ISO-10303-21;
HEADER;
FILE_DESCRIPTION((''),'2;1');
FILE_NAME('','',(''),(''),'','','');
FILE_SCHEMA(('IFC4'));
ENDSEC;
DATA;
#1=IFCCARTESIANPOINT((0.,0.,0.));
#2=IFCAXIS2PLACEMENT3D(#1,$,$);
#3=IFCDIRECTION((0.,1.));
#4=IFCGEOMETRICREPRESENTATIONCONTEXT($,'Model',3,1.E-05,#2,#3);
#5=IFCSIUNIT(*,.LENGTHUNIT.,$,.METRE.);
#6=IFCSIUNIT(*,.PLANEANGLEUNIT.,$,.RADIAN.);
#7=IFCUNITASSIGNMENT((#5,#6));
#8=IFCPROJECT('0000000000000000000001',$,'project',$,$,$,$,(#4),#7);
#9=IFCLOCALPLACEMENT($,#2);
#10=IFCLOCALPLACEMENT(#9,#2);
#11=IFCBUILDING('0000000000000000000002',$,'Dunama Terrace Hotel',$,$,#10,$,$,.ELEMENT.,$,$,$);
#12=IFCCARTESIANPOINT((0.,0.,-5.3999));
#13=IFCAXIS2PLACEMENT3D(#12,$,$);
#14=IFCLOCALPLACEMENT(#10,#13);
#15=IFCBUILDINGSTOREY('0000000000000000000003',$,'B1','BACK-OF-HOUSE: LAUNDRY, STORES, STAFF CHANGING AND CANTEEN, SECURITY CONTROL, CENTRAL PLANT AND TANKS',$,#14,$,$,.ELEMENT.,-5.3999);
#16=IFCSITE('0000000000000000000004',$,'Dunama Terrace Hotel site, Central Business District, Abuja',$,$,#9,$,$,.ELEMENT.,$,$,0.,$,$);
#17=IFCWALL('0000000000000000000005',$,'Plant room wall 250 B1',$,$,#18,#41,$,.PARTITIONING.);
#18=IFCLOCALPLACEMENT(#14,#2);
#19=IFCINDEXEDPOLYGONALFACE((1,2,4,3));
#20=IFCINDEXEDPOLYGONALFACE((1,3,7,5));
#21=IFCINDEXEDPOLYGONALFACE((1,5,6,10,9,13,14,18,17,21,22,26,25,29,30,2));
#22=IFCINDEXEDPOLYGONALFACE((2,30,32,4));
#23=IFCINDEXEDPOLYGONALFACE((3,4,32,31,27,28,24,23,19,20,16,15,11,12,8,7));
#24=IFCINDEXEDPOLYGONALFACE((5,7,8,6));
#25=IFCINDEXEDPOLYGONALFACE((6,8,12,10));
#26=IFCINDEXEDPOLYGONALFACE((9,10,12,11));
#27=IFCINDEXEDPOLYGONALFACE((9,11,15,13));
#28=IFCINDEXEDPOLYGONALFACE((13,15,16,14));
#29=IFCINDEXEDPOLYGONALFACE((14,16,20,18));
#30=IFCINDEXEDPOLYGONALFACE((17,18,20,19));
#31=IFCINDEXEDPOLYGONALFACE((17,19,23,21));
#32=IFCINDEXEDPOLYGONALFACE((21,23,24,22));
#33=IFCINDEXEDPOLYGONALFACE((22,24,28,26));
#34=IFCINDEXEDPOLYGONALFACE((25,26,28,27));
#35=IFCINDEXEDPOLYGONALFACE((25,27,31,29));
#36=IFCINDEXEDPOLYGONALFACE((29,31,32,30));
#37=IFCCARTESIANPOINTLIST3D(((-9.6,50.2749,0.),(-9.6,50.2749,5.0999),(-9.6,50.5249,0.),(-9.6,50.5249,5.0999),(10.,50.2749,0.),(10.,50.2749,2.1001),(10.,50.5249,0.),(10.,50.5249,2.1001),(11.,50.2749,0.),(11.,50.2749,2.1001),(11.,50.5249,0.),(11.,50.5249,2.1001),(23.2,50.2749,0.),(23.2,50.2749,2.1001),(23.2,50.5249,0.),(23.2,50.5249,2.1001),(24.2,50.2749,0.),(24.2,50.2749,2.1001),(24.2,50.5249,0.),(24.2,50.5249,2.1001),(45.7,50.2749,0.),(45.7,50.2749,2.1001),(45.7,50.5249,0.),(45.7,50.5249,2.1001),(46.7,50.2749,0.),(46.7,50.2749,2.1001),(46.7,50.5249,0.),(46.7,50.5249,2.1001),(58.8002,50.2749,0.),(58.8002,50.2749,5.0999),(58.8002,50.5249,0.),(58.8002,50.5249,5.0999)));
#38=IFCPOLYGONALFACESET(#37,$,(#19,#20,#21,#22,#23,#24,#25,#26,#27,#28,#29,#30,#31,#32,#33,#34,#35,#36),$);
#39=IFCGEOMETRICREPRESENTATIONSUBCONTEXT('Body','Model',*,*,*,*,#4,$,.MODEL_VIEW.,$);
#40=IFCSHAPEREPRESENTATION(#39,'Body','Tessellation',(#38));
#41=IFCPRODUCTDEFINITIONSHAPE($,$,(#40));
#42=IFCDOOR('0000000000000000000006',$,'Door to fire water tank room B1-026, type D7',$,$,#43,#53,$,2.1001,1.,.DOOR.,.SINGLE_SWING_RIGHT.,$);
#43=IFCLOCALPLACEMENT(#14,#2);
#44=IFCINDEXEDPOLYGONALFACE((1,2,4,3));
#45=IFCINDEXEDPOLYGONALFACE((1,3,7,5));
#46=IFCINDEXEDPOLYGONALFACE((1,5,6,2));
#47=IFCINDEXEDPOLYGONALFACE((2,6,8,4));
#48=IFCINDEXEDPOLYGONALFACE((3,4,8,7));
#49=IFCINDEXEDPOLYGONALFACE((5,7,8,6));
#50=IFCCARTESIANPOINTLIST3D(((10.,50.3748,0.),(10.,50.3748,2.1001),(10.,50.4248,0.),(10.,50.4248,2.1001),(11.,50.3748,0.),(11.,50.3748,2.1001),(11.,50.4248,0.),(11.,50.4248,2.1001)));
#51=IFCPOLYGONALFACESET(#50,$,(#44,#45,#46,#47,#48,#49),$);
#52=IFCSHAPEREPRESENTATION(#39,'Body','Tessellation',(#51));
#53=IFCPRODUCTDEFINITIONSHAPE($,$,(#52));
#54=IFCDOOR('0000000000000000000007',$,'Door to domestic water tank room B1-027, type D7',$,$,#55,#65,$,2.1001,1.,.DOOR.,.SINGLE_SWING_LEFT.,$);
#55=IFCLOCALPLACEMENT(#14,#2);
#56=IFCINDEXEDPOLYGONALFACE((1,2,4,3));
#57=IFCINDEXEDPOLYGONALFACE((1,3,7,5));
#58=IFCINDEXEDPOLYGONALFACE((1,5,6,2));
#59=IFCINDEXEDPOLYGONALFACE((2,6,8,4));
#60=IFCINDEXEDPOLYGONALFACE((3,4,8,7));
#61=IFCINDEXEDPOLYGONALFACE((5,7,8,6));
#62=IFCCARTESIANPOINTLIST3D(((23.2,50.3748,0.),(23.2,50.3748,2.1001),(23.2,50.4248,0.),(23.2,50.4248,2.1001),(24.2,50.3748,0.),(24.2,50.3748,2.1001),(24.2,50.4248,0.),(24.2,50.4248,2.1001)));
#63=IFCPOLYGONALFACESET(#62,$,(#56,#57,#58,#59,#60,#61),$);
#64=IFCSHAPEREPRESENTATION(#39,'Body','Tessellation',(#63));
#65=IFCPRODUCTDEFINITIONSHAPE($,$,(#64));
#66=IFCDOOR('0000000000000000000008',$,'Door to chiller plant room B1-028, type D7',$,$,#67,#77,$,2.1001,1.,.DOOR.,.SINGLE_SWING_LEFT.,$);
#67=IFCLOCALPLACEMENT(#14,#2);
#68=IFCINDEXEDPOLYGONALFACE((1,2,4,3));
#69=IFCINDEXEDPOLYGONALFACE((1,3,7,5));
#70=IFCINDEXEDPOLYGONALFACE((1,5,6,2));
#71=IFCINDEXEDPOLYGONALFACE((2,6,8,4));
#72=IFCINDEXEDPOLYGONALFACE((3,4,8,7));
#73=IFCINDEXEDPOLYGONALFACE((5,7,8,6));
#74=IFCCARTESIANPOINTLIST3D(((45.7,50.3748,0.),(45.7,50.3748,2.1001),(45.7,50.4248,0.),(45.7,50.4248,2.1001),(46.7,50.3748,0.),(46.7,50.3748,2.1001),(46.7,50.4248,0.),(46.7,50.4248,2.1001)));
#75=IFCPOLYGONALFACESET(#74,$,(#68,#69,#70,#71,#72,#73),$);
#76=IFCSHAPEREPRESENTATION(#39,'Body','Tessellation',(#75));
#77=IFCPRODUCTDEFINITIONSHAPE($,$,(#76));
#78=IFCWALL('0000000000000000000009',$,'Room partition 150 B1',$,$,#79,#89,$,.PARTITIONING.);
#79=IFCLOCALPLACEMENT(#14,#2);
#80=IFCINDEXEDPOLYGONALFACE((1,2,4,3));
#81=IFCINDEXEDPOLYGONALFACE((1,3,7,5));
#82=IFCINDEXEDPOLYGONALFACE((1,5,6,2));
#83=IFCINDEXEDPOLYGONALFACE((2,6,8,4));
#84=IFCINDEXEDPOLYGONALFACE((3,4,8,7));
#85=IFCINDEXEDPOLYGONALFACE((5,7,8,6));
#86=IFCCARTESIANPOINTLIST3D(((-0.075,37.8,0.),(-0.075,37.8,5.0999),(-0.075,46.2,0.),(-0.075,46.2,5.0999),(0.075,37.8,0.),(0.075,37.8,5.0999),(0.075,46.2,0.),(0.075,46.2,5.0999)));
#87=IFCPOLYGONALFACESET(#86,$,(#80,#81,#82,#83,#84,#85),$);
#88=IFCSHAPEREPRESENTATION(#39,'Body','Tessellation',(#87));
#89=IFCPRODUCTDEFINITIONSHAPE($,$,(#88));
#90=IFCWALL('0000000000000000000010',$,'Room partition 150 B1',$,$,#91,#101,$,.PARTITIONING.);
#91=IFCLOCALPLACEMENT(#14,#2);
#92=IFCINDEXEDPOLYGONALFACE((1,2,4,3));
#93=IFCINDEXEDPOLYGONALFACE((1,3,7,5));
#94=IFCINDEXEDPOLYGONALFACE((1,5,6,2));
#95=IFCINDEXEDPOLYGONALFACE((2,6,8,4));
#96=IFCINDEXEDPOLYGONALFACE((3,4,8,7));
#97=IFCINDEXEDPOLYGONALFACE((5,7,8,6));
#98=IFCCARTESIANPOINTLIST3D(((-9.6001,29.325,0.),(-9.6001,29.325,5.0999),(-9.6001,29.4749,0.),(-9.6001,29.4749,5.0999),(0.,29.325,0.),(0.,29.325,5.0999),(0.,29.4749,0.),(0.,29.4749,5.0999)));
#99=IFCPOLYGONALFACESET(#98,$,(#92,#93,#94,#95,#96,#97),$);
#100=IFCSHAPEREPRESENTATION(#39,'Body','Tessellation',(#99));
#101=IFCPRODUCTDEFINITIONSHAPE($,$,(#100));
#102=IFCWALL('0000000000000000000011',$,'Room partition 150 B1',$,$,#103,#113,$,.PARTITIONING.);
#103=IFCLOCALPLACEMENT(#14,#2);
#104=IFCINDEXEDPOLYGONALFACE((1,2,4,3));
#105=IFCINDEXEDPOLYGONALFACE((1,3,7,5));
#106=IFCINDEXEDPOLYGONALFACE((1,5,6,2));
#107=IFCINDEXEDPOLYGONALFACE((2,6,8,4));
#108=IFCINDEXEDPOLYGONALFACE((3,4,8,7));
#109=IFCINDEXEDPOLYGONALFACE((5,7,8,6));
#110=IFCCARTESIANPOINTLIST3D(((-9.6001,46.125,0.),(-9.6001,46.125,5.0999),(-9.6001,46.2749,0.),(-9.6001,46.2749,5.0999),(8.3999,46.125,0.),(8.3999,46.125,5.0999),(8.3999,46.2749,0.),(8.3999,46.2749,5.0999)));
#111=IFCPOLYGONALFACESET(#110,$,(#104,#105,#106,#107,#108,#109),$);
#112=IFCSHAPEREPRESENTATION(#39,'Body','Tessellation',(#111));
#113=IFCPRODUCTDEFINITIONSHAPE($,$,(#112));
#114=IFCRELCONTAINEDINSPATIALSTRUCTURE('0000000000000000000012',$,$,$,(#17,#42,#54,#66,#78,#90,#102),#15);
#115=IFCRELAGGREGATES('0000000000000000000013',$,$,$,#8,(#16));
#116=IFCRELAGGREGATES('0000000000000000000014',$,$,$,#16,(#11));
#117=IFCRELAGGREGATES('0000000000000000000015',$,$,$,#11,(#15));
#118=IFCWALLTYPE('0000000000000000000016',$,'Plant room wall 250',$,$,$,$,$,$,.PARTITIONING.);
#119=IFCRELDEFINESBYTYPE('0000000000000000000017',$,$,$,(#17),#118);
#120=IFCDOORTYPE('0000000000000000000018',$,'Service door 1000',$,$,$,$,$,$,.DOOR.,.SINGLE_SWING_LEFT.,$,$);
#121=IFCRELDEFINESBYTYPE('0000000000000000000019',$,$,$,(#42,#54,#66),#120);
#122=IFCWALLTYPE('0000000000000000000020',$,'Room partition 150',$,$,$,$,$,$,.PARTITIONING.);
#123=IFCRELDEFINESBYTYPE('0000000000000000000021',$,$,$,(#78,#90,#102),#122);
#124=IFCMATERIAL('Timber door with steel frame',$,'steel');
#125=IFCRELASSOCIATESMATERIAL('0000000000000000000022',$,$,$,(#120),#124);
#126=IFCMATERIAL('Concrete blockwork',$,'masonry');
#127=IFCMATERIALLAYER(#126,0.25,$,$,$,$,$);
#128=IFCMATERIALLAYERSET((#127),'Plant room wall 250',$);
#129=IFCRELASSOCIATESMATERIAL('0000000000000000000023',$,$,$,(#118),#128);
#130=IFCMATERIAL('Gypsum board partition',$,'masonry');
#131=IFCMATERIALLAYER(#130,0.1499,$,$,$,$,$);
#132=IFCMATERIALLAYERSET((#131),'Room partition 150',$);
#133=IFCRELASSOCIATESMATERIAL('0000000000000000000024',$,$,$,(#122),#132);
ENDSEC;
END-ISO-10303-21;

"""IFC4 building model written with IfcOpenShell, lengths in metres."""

from ifc_helpers import new_model, si_unit, direction, frame, frame_2d, origin, place, context, subcontext, project, spatial, rectangle, extrude, material, layer, layer_set, type_object, element, fill, save


model = new_model("IFC4")

# Units and contexts
model_context = context("Model", 3, precision=1e-05, world=origin(), true_north=direction((0.0, 1.0)))
body_context = subcontext(model_context, "Body", "Model", "MODEL_VIEW")
ifc_project = project(units=[si_unit("LENGTHUNIT", "METRE"), si_unit("PLANEANGLEUNIT", "RADIAN")], contexts=[model_context])

# Site, building, storey
site_placement = place(None, origin())
site = spatial("IfcSite", under=ifc_project, at=site_placement, Name="Dunama Terrace Hotel site, Central Business District, Abuja", CompositionType="ELEMENT", RefElevation=0.0)
building_placement = place(site_placement, origin())
building = spatial("IfcBuilding", under=site, at=building_placement, Name="Dunama Terrace Hotel", CompositionType="ELEMENT")
storey_placement = place(building_placement, frame((0.0, 0.0, -5.3999)))
storey = spatial("IfcBuildingStorey", under=building, at=storey_placement, Name="B1", Description="BACK-OF-HOUSE: LAUNDRY, STORES, STAFF CHANGING AND CANTEEN, SECURITY CONTROL, CENTRAL PLANT AND TANKS", CompositionType="ELEMENT", Elevation=-5.3999)

# Shared definitions
ifc_material_1 = material(Name="Timber door with steel frame", Category="steel")
door_type = type_object("IfcDoorType", Name="Service door 1000", OperationType="SINGLE_SWING_LEFT", PredefinedType="DOOR", material=ifc_material_1)

# Wall, openings, doors
ifc_material_2 = material(Name="Concrete blockwork", Category="masonry")
ifc_layer_1 = layer(ifc_material_2, 0.25)
ifc_layer_set_1 = layer_set([ifc_layer_1], Name="Plant room wall 250")
wall_type_1 = type_object("IfcWallType", Name="Plant room wall 250", PredefinedType="PARTITIONING", material=ifc_layer_set_1)
wall_1_placement = place(storey_placement, frame((-9.6001, 50.3999, 0.0), z_axis=(0.0, 0.0, 1.0), x_axis=(1.0, 0.0, 0.0)))
wall_1 = element("IfcWall", 1, at=wall_1_placement, inside=storey, type_object=wall_type_1, Name="Plant room wall 250 B1", PredefinedType="PARTITIONING", context=body_context, shape_type="SweptSolid", body=[
    extrude(rectangle(XDim=68.4001, YDim=0.25, at=frame_2d((34.2002, 0.0))), origin(), (0.0, 0.0, 1.0), 5.0999),
])
opening_1_placement = place(wall_1_placement, frame((19.6001, 0.0, 0.0)))
opening_1 = element("IfcOpeningElement", 2, at=opening_1_placement, cuts=wall_1, PredefinedType="OPENING", context=body_context, shape_type="SweptSolid", body=[
    extrude(rectangle(XDim=1.0, YDim=2.1001, at=frame_2d((0.5, 1.05))), frame((0.0, 0.135, 0.0), z_axis=(0.0, -1.0, 0.0), x_axis=(1.0, 0.0, 0.0)), (0.0, 0.0, 1.0), 0.27),
])
opening_2_placement = place(wall_1_placement, frame((32.8, 0.0, 0.0)))
opening_2 = element("IfcOpeningElement", 3, at=opening_2_placement, cuts=wall_1, PredefinedType="OPENING", context=body_context, shape_type="SweptSolid", body=[
    extrude(rectangle(XDim=1.0, YDim=2.1001, at=frame_2d((0.5, 1.05))), frame((0.0, 0.135, 0.0), z_axis=(0.0, -1.0, 0.0), x_axis=(1.0, 0.0, 0.0)), (0.0, 0.0, 1.0), 0.27),
])
opening_3_placement = place(wall_1_placement, frame((55.3, 0.0, 0.0)))
opening_3 = element("IfcOpeningElement", 4, at=opening_3_placement, cuts=wall_1, PredefinedType="OPENING", context=body_context, shape_type="SweptSolid", body=[
    extrude(rectangle(XDim=1.0, YDim=2.1001, at=frame_2d((0.5, 1.05))), frame((0.0, 0.135, 0.0), z_axis=(0.0, -1.0, 0.0), x_axis=(1.0, 0.0, 0.0)), (0.0, 0.0, 1.0), 0.27),
])
door_1_placement = place(opening_1_placement, origin())
door_1 = element("IfcDoor", 5, at=door_1_placement, inside=storey, type_object=door_type, Name="Door to fire water tank room B1-026, type D7", OperationType="SINGLE_SWING_RIGHT", OverallHeight=2.1001, OverallWidth=1.0, PredefinedType="DOOR", context=body_context, shape_type="SweptSolid", body=[
    extrude(rectangle(XDim=1.0, YDim=2.1001, at=frame_2d((0.5, 1.05))), frame((0.0, 0.0249, 0.0), z_axis=(0.0, -1.0, 0.0), x_axis=(1.0, 0.0, 0.0)), (0.0, 0.0, 1.0), 0.05),
])
fill(opening_1, door_1)
door_2_placement = place(opening_2_placement, origin())
door_2 = element("IfcDoor", 6, at=door_2_placement, inside=storey, type_object=door_type, Name="Door to domestic water tank room B1-027, type D7", OperationType="SINGLE_SWING_LEFT", OverallHeight=2.1001, OverallWidth=1.0, PredefinedType="DOOR", context=body_context, shape_type="SweptSolid", body=[
    extrude(rectangle(XDim=1.0, YDim=2.1001, at=frame_2d((0.5, 1.05))), frame((0.0, 0.0249, 0.0), z_axis=(0.0, -1.0, 0.0), x_axis=(1.0, 0.0, 0.0)), (0.0, 0.0, 1.0), 0.05),
])
fill(opening_2, door_2)
door_3_placement = place(opening_3_placement, origin())
door_3 = element("IfcDoor", 7, at=door_3_placement, inside=storey, type_object=door_type, Name="Door to chiller plant room B1-028, type D7", OperationType="SINGLE_SWING_LEFT", OverallHeight=2.1001, OverallWidth=1.0, PredefinedType="DOOR", context=body_context, shape_type="SweptSolid", body=[
    extrude(rectangle(XDim=1.0, YDim=2.1001, at=frame_2d((0.5, 1.05))), frame((0.0, 0.0249, 0.0), z_axis=(0.0, -1.0, 0.0), x_axis=(1.0, 0.0, 0.0)), (0.0, 0.0, 1.0), 0.05),
])
fill(opening_3, door_3)

# Walls
ifc_material_3 = material(Name="Gypsum board partition", Category="masonry")
ifc_layer_2 = layer(ifc_material_3, 0.1499)
ifc_layer_set_2 = layer_set([ifc_layer_2], Name="Room partition 150")
wall_type_2 = type_object("IfcWallType", Name="Room partition 150", PredefinedType="PARTITIONING", material=ifc_layer_set_2)
wall_2_placement = place(storey_placement, frame((0.0, 37.8, 0.0), z_axis=(0.0, 0.0, 1.0), x_axis=(0.0, 1.0, 0.0)))
element("IfcWall", 8, at=wall_2_placement, inside=storey, type_object=wall_type_2, Name="Room partition 150 B1", PredefinedType="PARTITIONING", context=body_context, shape_type="SweptSolid", body=[
    extrude(rectangle(XDim=8.3999, YDim=0.1499, at=frame_2d((4.2, 0.0))), origin(), (0.0, 0.0, 1.0), 5.0999),
])
wall_3_placement = place(storey_placement, frame((-9.6001, 29.3999, 0.0), z_axis=(0.0, 0.0, 1.0), x_axis=(1.0, 0.0, 0.0)))
element("IfcWall", 9, at=wall_3_placement, inside=storey, type_object=wall_type_2, Name="Room partition 150 B1", PredefinedType="PARTITIONING", context=body_context, shape_type="SweptSolid", body=[
    extrude(rectangle(XDim=9.6001, YDim=0.1499, at=frame_2d((4.8, 0.0))), origin(), (0.0, 0.0, 1.0), 5.0999),
])
wall_4_placement = place(storey_placement, frame((-9.6001, 46.2, 0.0), z_axis=(0.0, 0.0, 1.0), x_axis=(1.0, 0.0, 0.0)))
element("IfcWall", 10, at=wall_4_placement, inside=storey, type_object=wall_type_2, Name="Room partition 150 B1", PredefinedType="PARTITIONING", context=body_context, shape_type="SweptSolid", body=[
    extrude(rectangle(XDim=18.0, YDim=0.1499, at=frame_2d((9.0, 0.0))), origin(), (0.0, 0.0, 1.0), 5.0999),
])

save(model, "model.ifc")
